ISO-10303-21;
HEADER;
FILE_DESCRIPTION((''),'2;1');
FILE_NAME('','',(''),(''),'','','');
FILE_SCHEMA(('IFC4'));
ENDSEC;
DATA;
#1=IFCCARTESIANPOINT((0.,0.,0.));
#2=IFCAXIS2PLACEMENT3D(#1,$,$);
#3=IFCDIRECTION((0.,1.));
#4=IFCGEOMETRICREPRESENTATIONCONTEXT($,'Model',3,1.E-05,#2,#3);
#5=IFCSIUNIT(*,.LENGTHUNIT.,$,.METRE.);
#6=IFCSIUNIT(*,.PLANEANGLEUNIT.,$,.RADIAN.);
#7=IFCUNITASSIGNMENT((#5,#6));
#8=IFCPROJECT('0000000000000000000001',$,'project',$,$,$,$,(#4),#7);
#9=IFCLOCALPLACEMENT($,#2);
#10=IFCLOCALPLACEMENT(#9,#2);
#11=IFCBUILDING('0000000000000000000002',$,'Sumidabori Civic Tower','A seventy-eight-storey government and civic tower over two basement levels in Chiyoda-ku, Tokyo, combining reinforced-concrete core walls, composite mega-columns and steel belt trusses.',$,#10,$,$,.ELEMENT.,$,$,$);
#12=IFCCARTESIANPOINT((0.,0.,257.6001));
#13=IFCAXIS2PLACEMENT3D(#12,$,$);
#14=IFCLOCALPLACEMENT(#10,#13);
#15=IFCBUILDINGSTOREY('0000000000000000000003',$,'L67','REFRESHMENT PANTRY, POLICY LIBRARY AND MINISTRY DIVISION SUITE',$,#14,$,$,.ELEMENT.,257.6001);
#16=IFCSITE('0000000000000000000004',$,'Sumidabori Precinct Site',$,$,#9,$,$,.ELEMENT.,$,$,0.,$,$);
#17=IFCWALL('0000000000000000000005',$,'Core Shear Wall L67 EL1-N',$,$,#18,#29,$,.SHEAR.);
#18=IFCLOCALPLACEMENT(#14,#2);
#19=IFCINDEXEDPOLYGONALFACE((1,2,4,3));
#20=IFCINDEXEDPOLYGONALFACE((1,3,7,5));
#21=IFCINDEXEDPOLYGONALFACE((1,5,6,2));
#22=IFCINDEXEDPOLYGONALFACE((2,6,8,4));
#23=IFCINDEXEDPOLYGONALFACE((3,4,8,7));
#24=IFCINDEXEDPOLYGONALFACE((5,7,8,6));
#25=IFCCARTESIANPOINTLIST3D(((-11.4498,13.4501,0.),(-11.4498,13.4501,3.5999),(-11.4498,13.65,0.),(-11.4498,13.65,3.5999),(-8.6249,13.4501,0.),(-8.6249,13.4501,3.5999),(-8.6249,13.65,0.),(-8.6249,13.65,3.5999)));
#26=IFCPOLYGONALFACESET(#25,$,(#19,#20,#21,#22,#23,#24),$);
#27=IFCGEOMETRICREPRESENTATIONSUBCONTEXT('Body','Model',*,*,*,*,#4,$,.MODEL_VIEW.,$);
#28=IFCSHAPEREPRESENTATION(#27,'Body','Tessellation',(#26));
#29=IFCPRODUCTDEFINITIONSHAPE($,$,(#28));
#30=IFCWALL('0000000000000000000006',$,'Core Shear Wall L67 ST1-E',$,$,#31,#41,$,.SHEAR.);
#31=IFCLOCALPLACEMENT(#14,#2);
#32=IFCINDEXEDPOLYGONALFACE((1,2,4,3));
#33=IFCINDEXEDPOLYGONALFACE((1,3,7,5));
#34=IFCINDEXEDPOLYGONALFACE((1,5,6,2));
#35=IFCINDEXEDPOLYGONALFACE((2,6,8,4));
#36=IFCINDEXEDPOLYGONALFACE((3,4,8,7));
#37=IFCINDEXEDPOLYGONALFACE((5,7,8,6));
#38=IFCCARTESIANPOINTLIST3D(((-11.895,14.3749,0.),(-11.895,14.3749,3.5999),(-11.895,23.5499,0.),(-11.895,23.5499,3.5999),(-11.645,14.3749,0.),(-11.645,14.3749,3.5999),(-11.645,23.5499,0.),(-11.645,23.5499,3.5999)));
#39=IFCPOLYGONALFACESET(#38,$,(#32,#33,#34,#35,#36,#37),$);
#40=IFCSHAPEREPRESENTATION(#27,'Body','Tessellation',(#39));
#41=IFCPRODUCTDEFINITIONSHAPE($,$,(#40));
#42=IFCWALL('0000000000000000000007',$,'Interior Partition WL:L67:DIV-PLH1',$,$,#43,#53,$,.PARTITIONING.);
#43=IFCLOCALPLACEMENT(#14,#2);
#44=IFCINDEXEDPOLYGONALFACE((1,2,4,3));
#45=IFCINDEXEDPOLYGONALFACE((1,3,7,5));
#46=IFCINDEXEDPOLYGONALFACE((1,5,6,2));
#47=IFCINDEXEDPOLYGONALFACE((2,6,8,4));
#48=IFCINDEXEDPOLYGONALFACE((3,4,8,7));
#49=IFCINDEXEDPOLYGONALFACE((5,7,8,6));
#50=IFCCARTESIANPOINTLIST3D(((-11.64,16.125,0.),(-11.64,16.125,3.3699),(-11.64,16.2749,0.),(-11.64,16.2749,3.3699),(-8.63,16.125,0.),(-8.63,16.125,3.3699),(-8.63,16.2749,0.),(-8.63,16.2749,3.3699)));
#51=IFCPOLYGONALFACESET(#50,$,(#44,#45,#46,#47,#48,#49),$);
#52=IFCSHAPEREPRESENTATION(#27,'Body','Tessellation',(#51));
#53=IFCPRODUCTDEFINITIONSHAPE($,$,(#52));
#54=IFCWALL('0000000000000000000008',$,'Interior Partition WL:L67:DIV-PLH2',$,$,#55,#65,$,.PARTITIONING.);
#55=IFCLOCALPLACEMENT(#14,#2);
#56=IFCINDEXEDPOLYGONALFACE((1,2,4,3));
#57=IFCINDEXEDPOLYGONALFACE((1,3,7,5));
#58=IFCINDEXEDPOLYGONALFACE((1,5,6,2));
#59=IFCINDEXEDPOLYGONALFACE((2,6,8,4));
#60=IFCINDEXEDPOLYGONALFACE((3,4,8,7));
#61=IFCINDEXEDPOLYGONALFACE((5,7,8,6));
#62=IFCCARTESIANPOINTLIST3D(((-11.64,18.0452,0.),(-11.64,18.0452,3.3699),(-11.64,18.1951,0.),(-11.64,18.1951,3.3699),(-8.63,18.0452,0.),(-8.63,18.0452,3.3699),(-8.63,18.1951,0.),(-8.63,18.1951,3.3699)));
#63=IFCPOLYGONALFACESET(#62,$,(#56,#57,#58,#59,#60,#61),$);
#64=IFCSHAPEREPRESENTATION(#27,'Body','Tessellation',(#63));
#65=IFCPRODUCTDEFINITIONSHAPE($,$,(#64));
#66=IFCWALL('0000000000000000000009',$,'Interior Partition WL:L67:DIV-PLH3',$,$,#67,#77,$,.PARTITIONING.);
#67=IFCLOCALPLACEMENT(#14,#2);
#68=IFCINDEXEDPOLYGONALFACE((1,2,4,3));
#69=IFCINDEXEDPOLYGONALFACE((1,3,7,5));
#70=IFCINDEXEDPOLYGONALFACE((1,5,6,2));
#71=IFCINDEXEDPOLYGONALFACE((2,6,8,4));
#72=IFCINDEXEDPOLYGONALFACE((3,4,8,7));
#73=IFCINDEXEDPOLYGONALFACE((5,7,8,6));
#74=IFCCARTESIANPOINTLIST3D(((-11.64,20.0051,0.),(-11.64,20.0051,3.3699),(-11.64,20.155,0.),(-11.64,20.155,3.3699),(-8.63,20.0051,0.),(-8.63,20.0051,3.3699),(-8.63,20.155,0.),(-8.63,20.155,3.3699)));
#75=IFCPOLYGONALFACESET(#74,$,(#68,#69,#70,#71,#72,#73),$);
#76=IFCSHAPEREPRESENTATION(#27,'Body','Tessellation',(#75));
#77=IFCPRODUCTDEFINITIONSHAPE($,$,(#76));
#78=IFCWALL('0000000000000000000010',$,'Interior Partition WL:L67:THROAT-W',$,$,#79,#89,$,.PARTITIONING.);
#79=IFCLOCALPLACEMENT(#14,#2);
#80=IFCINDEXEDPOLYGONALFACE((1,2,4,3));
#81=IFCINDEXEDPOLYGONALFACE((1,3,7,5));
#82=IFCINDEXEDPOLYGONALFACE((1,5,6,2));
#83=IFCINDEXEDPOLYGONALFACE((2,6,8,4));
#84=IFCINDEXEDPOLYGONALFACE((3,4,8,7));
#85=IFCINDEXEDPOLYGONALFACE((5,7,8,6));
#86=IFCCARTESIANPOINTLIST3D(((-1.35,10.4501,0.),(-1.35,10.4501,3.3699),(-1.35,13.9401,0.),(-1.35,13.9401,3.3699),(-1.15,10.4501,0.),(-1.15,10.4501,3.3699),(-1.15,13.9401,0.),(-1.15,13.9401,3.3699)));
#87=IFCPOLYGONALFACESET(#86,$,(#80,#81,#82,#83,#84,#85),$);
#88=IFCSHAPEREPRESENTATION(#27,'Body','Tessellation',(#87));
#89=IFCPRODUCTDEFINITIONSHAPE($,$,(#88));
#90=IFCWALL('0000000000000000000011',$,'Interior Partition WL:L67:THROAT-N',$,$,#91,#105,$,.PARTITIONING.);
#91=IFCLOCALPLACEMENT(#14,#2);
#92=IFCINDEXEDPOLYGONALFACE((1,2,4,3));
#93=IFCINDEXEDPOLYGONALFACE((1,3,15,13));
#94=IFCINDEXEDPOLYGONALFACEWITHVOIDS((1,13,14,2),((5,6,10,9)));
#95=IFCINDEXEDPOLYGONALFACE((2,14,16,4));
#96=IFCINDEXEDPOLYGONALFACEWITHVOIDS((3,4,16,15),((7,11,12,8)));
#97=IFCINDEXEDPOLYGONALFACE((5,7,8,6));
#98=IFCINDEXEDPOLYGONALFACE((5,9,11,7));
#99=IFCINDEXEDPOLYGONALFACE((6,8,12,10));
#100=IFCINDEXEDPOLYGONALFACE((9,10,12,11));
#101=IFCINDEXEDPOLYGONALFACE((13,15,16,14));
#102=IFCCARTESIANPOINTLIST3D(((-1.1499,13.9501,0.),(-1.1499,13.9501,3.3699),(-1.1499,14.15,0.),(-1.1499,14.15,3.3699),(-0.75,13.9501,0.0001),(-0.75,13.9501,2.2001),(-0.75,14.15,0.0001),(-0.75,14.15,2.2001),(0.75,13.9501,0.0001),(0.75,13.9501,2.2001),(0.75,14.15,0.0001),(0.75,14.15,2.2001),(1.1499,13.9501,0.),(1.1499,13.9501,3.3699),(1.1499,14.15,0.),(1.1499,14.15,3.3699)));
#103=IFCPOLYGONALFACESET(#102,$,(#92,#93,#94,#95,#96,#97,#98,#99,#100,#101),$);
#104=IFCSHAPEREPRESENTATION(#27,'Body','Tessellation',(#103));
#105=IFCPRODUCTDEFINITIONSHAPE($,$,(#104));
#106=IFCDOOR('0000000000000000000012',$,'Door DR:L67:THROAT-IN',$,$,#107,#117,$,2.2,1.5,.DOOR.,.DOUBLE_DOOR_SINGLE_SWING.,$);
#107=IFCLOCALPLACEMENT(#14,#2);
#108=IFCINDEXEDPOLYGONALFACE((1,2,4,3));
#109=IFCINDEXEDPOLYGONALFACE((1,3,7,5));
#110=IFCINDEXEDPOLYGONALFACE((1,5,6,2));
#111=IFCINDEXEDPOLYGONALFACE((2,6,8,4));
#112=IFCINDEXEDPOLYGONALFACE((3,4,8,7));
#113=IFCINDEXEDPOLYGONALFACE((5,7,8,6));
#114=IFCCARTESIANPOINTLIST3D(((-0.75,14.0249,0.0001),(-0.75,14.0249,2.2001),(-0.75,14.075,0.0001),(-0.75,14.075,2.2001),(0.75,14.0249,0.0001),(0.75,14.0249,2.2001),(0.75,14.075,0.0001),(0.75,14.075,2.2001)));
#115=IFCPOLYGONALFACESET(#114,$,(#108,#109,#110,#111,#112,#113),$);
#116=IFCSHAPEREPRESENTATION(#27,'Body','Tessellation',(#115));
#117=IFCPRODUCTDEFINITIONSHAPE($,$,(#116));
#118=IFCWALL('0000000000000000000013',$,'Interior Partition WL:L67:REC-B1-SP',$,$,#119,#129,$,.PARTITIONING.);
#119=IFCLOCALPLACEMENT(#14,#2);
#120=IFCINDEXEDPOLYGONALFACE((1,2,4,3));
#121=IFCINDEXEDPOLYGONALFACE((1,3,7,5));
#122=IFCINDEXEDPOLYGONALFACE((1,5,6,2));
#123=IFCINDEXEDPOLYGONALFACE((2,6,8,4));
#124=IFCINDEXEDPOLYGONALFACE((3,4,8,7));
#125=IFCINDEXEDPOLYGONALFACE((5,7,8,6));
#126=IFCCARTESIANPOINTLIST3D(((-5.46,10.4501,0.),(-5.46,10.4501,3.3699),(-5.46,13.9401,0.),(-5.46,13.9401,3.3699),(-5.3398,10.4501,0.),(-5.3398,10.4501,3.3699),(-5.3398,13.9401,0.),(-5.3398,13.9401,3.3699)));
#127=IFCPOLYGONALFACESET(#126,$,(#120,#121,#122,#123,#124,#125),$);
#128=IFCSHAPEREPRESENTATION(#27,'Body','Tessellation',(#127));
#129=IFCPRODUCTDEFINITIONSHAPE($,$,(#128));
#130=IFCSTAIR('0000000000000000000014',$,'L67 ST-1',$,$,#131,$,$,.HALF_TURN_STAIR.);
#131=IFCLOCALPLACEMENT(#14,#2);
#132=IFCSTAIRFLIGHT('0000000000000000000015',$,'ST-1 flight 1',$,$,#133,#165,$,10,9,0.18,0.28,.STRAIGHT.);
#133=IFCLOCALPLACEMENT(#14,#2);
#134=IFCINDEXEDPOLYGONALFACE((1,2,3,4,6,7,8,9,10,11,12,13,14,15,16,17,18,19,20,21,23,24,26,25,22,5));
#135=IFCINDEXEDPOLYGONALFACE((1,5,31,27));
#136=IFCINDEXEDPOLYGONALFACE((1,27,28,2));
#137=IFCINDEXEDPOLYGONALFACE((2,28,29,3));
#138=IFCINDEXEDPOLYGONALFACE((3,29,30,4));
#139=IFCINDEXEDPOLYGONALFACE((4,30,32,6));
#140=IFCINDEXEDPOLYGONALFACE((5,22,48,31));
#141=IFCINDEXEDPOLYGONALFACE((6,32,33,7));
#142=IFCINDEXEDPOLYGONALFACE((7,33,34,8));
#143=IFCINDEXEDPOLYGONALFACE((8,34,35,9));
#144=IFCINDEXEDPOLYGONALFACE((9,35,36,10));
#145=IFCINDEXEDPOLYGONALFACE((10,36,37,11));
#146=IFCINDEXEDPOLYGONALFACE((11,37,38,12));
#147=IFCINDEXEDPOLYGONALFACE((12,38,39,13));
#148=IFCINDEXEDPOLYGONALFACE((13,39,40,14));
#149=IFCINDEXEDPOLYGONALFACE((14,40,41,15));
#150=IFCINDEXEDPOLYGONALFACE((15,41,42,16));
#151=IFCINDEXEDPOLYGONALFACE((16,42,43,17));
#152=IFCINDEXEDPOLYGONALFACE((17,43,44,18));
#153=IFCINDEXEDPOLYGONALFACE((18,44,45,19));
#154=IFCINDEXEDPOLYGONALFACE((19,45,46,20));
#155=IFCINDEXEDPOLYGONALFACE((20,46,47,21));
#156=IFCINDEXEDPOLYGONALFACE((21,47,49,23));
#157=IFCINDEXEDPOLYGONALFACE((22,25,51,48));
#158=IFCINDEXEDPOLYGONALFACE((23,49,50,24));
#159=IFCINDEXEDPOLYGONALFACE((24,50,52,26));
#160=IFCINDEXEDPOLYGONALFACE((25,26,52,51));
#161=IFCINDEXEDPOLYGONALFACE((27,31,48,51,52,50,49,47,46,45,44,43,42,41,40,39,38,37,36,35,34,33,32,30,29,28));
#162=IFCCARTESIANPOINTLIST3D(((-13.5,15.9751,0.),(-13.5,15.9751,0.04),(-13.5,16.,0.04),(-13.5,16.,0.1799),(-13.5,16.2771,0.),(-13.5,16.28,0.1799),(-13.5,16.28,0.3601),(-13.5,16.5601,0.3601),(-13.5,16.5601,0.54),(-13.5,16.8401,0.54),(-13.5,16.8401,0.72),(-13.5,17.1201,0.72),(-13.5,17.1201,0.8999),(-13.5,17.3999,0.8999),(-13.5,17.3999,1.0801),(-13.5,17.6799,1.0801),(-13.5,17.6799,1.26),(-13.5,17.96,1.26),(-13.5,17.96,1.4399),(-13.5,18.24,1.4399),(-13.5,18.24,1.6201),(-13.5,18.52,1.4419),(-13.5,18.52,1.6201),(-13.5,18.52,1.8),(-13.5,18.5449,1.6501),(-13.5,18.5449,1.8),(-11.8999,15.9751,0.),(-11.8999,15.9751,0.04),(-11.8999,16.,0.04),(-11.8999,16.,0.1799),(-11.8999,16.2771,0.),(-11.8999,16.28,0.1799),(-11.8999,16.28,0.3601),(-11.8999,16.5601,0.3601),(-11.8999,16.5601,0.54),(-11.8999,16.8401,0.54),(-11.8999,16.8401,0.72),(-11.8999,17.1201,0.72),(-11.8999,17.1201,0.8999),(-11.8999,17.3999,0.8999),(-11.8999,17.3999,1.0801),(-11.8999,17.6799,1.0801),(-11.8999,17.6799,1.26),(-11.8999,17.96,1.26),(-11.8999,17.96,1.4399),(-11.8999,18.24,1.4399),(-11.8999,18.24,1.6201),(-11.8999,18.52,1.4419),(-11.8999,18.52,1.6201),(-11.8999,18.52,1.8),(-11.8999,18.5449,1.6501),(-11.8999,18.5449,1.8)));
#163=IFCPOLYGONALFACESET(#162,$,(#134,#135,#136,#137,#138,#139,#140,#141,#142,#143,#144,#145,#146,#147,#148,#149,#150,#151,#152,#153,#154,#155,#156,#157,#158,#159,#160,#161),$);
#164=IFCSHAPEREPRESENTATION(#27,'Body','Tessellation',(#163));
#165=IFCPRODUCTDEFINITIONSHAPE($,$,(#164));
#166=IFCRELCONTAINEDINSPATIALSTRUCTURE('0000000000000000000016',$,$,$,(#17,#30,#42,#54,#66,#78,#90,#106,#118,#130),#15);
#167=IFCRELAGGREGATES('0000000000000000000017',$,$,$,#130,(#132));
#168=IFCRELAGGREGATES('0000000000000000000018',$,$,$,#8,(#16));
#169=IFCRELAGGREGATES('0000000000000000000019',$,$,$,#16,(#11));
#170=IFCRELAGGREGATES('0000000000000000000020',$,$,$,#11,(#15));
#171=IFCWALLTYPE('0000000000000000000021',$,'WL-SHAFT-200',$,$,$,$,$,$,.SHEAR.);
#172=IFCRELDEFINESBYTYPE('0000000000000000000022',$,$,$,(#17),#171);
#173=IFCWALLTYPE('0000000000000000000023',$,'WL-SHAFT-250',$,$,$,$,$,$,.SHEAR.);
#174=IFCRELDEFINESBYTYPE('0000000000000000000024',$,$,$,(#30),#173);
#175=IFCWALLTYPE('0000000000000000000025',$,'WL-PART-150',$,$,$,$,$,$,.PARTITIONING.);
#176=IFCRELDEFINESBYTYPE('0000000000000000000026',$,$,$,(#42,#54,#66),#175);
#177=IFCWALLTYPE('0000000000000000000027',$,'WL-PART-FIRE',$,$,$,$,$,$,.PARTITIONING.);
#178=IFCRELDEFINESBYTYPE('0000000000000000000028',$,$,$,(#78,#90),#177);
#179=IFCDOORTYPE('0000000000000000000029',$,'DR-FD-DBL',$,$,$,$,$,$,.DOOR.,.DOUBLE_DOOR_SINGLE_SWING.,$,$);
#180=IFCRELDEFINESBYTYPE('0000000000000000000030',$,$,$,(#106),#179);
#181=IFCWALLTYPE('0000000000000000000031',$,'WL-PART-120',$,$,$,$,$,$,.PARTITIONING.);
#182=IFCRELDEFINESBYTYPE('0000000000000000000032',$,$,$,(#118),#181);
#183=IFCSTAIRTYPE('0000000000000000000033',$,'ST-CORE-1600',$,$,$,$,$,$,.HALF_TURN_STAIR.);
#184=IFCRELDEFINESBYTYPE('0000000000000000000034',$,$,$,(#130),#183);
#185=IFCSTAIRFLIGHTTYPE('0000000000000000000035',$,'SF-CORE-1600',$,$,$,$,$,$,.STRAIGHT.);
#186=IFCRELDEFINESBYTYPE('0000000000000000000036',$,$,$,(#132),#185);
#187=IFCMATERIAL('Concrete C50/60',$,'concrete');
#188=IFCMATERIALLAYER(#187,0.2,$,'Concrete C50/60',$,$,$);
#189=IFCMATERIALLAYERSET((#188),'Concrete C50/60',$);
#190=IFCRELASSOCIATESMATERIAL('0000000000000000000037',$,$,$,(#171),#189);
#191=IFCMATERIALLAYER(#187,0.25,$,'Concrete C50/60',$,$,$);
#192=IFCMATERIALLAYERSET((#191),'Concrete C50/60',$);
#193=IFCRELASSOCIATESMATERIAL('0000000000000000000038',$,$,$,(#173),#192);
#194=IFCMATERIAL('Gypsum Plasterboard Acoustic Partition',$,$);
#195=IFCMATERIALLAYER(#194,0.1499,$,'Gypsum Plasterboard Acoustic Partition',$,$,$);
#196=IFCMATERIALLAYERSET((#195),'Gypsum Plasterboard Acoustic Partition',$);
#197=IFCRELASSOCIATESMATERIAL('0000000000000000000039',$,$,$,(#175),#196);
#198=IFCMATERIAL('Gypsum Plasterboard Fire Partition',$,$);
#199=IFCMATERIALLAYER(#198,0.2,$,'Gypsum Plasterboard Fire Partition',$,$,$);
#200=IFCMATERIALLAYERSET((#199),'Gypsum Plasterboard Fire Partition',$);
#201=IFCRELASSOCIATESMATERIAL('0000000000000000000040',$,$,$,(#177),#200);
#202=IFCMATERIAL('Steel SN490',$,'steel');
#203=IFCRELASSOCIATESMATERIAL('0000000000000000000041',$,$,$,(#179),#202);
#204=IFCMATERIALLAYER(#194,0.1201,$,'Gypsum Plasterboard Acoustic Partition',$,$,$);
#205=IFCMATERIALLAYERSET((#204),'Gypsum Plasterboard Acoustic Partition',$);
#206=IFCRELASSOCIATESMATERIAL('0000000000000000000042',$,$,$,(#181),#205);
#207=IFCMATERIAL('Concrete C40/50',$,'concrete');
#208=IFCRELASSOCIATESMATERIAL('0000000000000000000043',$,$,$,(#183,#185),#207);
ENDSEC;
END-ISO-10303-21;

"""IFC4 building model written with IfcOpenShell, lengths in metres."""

from ifc_helpers import new_model, si_unit, direction, frame, frame_2d, origin, place, context, subcontext, project, spatial, polyline, rectangle, outline, extrude, source, transform, mapped, material, layer, layer_set, type_object, element, fill, aggregate, save


model = new_model("IFC4")

# Units and contexts
model_context = context("Model", 3, precision=1e-05, world=origin(), true_north=direction((0.0, 1.0)))
body_context = subcontext(model_context, "Body", "Model", "MODEL_VIEW")
ifc_project = project(units=[si_unit("LENGTHUNIT", "METRE"), si_unit("PLANEANGLEUNIT", "RADIAN")], contexts=[model_context])

# Site, building, storey
site_placement = place(None, origin())
site = spatial("IfcSite", under=ifc_project, at=site_placement, Name="Sumidabori Precinct Site", CompositionType="ELEMENT", RefElevation=0.0)
building_placement = place(site_placement, origin())
building = spatial("IfcBuilding", under=site, at=building_placement, Name="Sumidabori Civic Tower", Description="A seventy-eight-storey government and civic tower over two basement levels in Chiyoda-ku, Tokyo, combining reinforced-concrete core walls, composite mega-columns and steel belt trusses.", CompositionType="ELEMENT")
storey_placement = place(building_placement, frame((0.0, 0.0, 257.6001)))
storey = spatial("IfcBuildingStorey", under=building, at=storey_placement, Name="L67", Description="REFRESHMENT PANTRY, POLICY LIBRARY AND MINISTRY DIVISION SUITE", CompositionType="ELEMENT", Elevation=257.6001)

# Wall
ifc_material_1 = material(Name="Concrete C50/60", Category="concrete")
ifc_layer_1 = layer(ifc_material_1, 0.2, Name="Concrete C50/60")
ifc_layer_set_1 = layer_set([ifc_layer_1], Name="Concrete C50/60")
wall_type_1 = type_object("IfcWallType", Name="WL-SHAFT-200", PredefinedType="SHEAR", material=ifc_layer_set_1)
shared_shape_1 = source(origin(), body_context, "Body", "SweptSolid", [
    extrude(rectangle(XDim=2.825, YDim=0.2, at=frame_2d((1.4126, 0.0))), origin(), (0.0, 0.0, 1.0), 3.5999),
])
wall_1_placement = place(storey_placement, frame((-11.45, 13.55, 0.0), z_axis=(0.0, 0.0, 1.0), x_axis=(1.0, 0.0, 0.0)))
element("IfcWall", 1, at=wall_1_placement, inside=storey, type_object=wall_type_1, Name="Core Shear Wall L67 EL1-N", PredefinedType="SHEAR", context=body_context, shape_type="MappedRepresentation", body=[
    mapped(shared_shape_1, transform((0.0, 0.0, 0.0), x_axis=(1.0, 0.0, 0.0), y_axis=(0.0, 1.0, 0.0), z_axis=(0.0, 0.0, 1.0), scale=1.0)),
])

# Shared definitions
ifc_layer_2 = layer(ifc_material_1, 0.25, Name="Concrete C50/60")
ifc_layer_set_2 = layer_set([ifc_layer_2], Name="Concrete C50/60")
wall_type_2 = type_object("IfcWallType", Name="WL-SHAFT-250", PredefinedType="SHEAR", material=ifc_layer_set_2)

# Wall
shared_shape_2 = source(origin(), body_context, "Body", "SweptSolid", [
    extrude(rectangle(XDim=9.175, YDim=0.25, at=frame_2d((4.5874, 0.0))), origin(), (0.0, 0.0, 1.0), 3.5999),
])
wall_2_placement = place(storey_placement, frame((-11.77, 14.375, 0.0), z_axis=(0.0, 0.0, 1.0), x_axis=(0.0, 1.0, 0.0)))
element("IfcWall", 2, at=wall_2_placement, inside=storey, type_object=wall_type_2, Name="Core Shear Wall L67 ST1-E", PredefinedType="SHEAR", context=body_context, shape_type="MappedRepresentation", body=[
    mapped(shared_shape_2, transform((0.0, 0.0, 0.0), x_axis=(1.0, 0.0, 0.0), y_axis=(0.0, 1.0, 0.0), z_axis=(0.0, 0.0, 1.0), scale=1.0)),
])

# Walls
ifc_material_2 = material(Name="Gypsum Plasterboard Acoustic Partition")
ifc_layer_3 = layer(ifc_material_2, 0.1499, Name="Gypsum Plasterboard Acoustic Partition")
ifc_layer_set_3 = layer_set([ifc_layer_3], Name="Gypsum Plasterboard Acoustic Partition")
wall_type_3 = type_object("IfcWallType", Name="WL-PART-150", PredefinedType="PARTITIONING", material=ifc_layer_set_3)
shared_shape_3 = source(origin(), body_context, "Body", "SweptSolid", [
    extrude(rectangle(XDim=3.01, YDim=0.1499, at=frame_2d((1.5049, 0.0))), origin(), (0.0, 0.0, 1.0), 3.3699),
])
for number, where, z_axis, x_axis, name in (
    (3, (-11.6399, 16.2, 0.0), (0.0, 0.0, 1.0), (1.0, 0.0, 0.0), "Interior Partition WL:L67:DIV-PLH1"),
    (4, (-11.6399, 18.1201, 0.0), (0.0, 0.0, 1.0), (1.0, 0.0, 0.0), "Interior Partition WL:L67:DIV-PLH2"),
    (5, (-11.6399, 20.0801, 0.0), (0.0, 0.0, 1.0), (1.0, 0.0, 0.0), "Interior Partition WL:L67:DIV-PLH3"),
):
    element("IfcWall", number, at=place(storey_placement, frame(where, z_axis=z_axis, x_axis=x_axis)), inside=storey, type_object=wall_type_3, Name=name, PredefinedType="PARTITIONING", context=body_context, shape_type="MappedRepresentation", body=[
        mapped(shared_shape_3, transform((0.0, 0.0, 0.0), x_axis=(1.0, 0.0, 0.0), y_axis=(0.0, 1.0, 0.0), z_axis=(0.0, 0.0, 1.0), scale=1.0)),
    ])

# Shared definitions
ifc_material_3 = material(Name="Gypsum Plasterboard Fire Partition")
ifc_layer_4 = layer(ifc_material_3, 0.2, Name="Gypsum Plasterboard Fire Partition")
ifc_layer_set_4 = layer_set([ifc_layer_4], Name="Gypsum Plasterboard Fire Partition")
wall_type_4 = type_object("IfcWallType", Name="WL-PART-FIRE", PredefinedType="PARTITIONING", material=ifc_layer_set_4)

# Wall
shared_shape_4 = source(origin(), body_context, "Body", "SweptSolid", [
    extrude(rectangle(XDim=3.49, YDim=0.2, at=frame_2d((1.7451, 0.0))), origin(), (0.0, 0.0, 1.0), 3.3699),
])
wall_3_placement = place(storey_placement, frame((-1.25, 10.45, 0.0), z_axis=(0.0, 0.0, 1.0), x_axis=(0.0, 1.0, 0.0)))
element("IfcWall", 6, at=wall_3_placement, inside=storey, type_object=wall_type_4, Name="Interior Partition WL:L67:THROAT-W", PredefinedType="PARTITIONING", context=body_context, shape_type="MappedRepresentation", body=[
    mapped(shared_shape_4, transform((0.0, 0.0, 0.0), x_axis=(1.0, 0.0, 0.0), y_axis=(0.0, 1.0, 0.0), z_axis=(0.0, 0.0, 1.0), scale=1.0)),
])

# Wall, opening, door
shared_shape_5 = source(origin(), body_context, "Body", "SweptSolid", [
    extrude(rectangle(XDim=2.2998, YDim=0.2, at=frame_2d((1.1499, 0.0))), origin(), (0.0, 0.0, 1.0), 3.3699),
])
wall_4_placement = place(storey_placement, frame((-1.1499, 14.05, 0.0), z_axis=(0.0, 0.0, 1.0), x_axis=(1.0, 0.0, 0.0)))
wall_4 = element("IfcWall", 7, at=wall_4_placement, inside=storey, type_object=wall_type_4, Name="Interior Partition WL:L67:THROAT-N", PredefinedType="PARTITIONING", context=body_context, shape_type="MappedRepresentation", body=[
    mapped(shared_shape_5, transform((0.0, 0.0, 0.0), x_axis=(1.0, 0.0, 0.0), y_axis=(0.0, 1.0, 0.0), z_axis=(0.0, 0.0, 1.0), scale=1.0)),
])
opening_1_placement = place(wall_4_placement, frame((0.3999, 0.0, 0.0)))
opening_1 = element("IfcOpeningElement", 8, at=opening_1_placement, cuts=wall_4, PredefinedType="OPENING", context=body_context, shape_type="SweptSolid", body=[
    extrude(rectangle(XDim=1.5, YDim=2.2, at=frame_2d((0.75, 1.1001))), frame((0.0, 0.1118, 0.0), z_axis=(0.0, -1.0, 0.0), x_axis=(1.0, 0.0, 0.0)), (0.0, 0.0, 1.0), 0.2239),
])
ifc_material_4 = material(Name="Steel SN490", Category="steel")
door_type_1 = type_object("IfcDoorType", Name="DR-FD-DBL", OperationType="DOUBLE_DOOR_SINGLE_SWING", PredefinedType="DOOR", material=ifc_material_4)
shared_shape_6 = source(origin(), body_context, "Body", "SweptSolid", [
    extrude(rectangle(XDim=1.5, YDim=2.2, at=frame_2d((0.75, 1.1001))), frame((0.0, 0.0249, 0.0), z_axis=(0.0, -1.0, 0.0), x_axis=(1.0, 0.0, 0.0)), (0.0, 0.0, 1.0), 0.05),
])
door_1_placement = place(opening_1_placement, origin())
door_1 = element("IfcDoor", 9, at=door_1_placement, inside=storey, type_object=door_type_1, Name="Door DR:L67:THROAT-IN", OperationType="DOUBLE_DOOR_SINGLE_SWING", OverallHeight=2.2, OverallWidth=1.5, PredefinedType="DOOR", context=body_context, shape_type="MappedRepresentation", body=[
    mapped(shared_shape_6, transform((0.0, 0.0, 0.0), x_axis=(1.0, 0.0, 0.0), y_axis=(0.0, 1.0, 0.0), z_axis=(0.0, 0.0, 1.0), scale=1.0)),
])
fill(opening_1, door_1)

# Wall
ifc_layer_5 = layer(ifc_material_2, 0.1201, Name="Gypsum Plasterboard Acoustic Partition")
ifc_layer_set_5 = layer_set([ifc_layer_5], Name="Gypsum Plasterboard Acoustic Partition")
wall_type_5 = type_object("IfcWallType", Name="WL-PART-120", PredefinedType="PARTITIONING", material=ifc_layer_set_5)
shared_shape_7 = source(origin(), body_context, "Body", "SweptSolid", [
    extrude(rectangle(XDim=3.49, YDim=0.1201, at=frame_2d((1.7451, 0.0))), origin(), (0.0, 0.0, 1.0), 3.3699),
])
wall_5_placement = place(storey_placement, frame((-5.3999, 10.45, 0.0), z_axis=(0.0, 0.0, 1.0), x_axis=(0.0, 1.0, 0.0)))
element("IfcWall", 10, at=wall_5_placement, inside=storey, type_object=wall_type_5, Name="Interior Partition WL:L67:REC-B1-SP", PredefinedType="PARTITIONING", context=body_context, shape_type="MappedRepresentation", body=[
    mapped(shared_shape_7, transform((0.0, 0.0, 0.0), x_axis=(1.0, 0.0, 0.0), y_axis=(0.0, 1.0, 0.0), z_axis=(0.0, 0.0, 1.0), scale=1.0)),
])

# Stair, stair flight
ifc_material_5 = material(Name="Concrete C40/50", Category="concrete")
stair_type = type_object("IfcStairType", Name="ST-CORE-1600", PredefinedType="HALF_TURN_STAIR", material=ifc_material_5)
stair_placement = place(storey_placement, origin())
stair = element("IfcStair", 11, at=stair_placement, inside=storey, type_object=stair_type, Name="L67 ST-1", PredefinedType="HALF_TURN_STAIR")
stair_flight_type = type_object("IfcStairFlightType", Name="SF-CORE-1600", PredefinedType="STRAIGHT", material=ifc_material_5)
shared_shape_8 = source(origin(), body_context, "Body", "SweptSolid", [
    extrude(outline(polyline([(-0.0249, 0.0), (-0.0249, 0.04), (0.0, 0.04), (0.0, 0.1799), (0.28, 0.1799), (0.28, 0.3601), (0.5601, 0.3601), (0.5601, 0.54), (0.8401, 0.54), (0.8401, 0.72), (1.1201, 0.72), (1.1201, 0.8999), (1.3999, 0.8999), (1.3999, 1.0801), (1.6799, 1.0801), (1.6799, 1.26), (1.96, 1.26), (1.96, 1.4399), (2.24, 1.4399), (2.24, 1.6201), (2.52, 1.6201), (2.52, 1.8), (2.5449, 1.8), (2.5449, 1.6501), (2.52, 1.4419), (0.2771, 0.0), (-0.0249, 0.0)])), frame((0.0, 0.8, 0.0), z_axis=(0.0, -1.0, 0.0), x_axis=(1.0, 0.0, 0.0)), (0.0, 0.0, 1.0), 1.6001),
])
stair_flight_placement = place(storey_placement, frame((-12.7, 16.0, 0.0), z_axis=(0.0, 0.0, 1.0), x_axis=(0.0, 1.0, 0.0)))
stair_flight = element("IfcStairFlight", 12, at=stair_flight_placement, type_object=stair_flight_type, Name="ST-1 flight 1", NumberOfRisers=10, NumberOfTreads=9, PredefinedType="STRAIGHT", RiserHeight=0.18, TreadLength=0.28, context=body_context, shape_type="MappedRepresentation", body=[
    mapped(shared_shape_8, transform((0.0, 0.0, 0.0), x_axis=(1.0, 0.0, 0.0), y_axis=(0.0, 1.0, 0.0), z_axis=(0.0, 0.0, 1.0), scale=1.0)),
])
aggregate(stair, [stair_flight])

save(model, "model.ifc")
